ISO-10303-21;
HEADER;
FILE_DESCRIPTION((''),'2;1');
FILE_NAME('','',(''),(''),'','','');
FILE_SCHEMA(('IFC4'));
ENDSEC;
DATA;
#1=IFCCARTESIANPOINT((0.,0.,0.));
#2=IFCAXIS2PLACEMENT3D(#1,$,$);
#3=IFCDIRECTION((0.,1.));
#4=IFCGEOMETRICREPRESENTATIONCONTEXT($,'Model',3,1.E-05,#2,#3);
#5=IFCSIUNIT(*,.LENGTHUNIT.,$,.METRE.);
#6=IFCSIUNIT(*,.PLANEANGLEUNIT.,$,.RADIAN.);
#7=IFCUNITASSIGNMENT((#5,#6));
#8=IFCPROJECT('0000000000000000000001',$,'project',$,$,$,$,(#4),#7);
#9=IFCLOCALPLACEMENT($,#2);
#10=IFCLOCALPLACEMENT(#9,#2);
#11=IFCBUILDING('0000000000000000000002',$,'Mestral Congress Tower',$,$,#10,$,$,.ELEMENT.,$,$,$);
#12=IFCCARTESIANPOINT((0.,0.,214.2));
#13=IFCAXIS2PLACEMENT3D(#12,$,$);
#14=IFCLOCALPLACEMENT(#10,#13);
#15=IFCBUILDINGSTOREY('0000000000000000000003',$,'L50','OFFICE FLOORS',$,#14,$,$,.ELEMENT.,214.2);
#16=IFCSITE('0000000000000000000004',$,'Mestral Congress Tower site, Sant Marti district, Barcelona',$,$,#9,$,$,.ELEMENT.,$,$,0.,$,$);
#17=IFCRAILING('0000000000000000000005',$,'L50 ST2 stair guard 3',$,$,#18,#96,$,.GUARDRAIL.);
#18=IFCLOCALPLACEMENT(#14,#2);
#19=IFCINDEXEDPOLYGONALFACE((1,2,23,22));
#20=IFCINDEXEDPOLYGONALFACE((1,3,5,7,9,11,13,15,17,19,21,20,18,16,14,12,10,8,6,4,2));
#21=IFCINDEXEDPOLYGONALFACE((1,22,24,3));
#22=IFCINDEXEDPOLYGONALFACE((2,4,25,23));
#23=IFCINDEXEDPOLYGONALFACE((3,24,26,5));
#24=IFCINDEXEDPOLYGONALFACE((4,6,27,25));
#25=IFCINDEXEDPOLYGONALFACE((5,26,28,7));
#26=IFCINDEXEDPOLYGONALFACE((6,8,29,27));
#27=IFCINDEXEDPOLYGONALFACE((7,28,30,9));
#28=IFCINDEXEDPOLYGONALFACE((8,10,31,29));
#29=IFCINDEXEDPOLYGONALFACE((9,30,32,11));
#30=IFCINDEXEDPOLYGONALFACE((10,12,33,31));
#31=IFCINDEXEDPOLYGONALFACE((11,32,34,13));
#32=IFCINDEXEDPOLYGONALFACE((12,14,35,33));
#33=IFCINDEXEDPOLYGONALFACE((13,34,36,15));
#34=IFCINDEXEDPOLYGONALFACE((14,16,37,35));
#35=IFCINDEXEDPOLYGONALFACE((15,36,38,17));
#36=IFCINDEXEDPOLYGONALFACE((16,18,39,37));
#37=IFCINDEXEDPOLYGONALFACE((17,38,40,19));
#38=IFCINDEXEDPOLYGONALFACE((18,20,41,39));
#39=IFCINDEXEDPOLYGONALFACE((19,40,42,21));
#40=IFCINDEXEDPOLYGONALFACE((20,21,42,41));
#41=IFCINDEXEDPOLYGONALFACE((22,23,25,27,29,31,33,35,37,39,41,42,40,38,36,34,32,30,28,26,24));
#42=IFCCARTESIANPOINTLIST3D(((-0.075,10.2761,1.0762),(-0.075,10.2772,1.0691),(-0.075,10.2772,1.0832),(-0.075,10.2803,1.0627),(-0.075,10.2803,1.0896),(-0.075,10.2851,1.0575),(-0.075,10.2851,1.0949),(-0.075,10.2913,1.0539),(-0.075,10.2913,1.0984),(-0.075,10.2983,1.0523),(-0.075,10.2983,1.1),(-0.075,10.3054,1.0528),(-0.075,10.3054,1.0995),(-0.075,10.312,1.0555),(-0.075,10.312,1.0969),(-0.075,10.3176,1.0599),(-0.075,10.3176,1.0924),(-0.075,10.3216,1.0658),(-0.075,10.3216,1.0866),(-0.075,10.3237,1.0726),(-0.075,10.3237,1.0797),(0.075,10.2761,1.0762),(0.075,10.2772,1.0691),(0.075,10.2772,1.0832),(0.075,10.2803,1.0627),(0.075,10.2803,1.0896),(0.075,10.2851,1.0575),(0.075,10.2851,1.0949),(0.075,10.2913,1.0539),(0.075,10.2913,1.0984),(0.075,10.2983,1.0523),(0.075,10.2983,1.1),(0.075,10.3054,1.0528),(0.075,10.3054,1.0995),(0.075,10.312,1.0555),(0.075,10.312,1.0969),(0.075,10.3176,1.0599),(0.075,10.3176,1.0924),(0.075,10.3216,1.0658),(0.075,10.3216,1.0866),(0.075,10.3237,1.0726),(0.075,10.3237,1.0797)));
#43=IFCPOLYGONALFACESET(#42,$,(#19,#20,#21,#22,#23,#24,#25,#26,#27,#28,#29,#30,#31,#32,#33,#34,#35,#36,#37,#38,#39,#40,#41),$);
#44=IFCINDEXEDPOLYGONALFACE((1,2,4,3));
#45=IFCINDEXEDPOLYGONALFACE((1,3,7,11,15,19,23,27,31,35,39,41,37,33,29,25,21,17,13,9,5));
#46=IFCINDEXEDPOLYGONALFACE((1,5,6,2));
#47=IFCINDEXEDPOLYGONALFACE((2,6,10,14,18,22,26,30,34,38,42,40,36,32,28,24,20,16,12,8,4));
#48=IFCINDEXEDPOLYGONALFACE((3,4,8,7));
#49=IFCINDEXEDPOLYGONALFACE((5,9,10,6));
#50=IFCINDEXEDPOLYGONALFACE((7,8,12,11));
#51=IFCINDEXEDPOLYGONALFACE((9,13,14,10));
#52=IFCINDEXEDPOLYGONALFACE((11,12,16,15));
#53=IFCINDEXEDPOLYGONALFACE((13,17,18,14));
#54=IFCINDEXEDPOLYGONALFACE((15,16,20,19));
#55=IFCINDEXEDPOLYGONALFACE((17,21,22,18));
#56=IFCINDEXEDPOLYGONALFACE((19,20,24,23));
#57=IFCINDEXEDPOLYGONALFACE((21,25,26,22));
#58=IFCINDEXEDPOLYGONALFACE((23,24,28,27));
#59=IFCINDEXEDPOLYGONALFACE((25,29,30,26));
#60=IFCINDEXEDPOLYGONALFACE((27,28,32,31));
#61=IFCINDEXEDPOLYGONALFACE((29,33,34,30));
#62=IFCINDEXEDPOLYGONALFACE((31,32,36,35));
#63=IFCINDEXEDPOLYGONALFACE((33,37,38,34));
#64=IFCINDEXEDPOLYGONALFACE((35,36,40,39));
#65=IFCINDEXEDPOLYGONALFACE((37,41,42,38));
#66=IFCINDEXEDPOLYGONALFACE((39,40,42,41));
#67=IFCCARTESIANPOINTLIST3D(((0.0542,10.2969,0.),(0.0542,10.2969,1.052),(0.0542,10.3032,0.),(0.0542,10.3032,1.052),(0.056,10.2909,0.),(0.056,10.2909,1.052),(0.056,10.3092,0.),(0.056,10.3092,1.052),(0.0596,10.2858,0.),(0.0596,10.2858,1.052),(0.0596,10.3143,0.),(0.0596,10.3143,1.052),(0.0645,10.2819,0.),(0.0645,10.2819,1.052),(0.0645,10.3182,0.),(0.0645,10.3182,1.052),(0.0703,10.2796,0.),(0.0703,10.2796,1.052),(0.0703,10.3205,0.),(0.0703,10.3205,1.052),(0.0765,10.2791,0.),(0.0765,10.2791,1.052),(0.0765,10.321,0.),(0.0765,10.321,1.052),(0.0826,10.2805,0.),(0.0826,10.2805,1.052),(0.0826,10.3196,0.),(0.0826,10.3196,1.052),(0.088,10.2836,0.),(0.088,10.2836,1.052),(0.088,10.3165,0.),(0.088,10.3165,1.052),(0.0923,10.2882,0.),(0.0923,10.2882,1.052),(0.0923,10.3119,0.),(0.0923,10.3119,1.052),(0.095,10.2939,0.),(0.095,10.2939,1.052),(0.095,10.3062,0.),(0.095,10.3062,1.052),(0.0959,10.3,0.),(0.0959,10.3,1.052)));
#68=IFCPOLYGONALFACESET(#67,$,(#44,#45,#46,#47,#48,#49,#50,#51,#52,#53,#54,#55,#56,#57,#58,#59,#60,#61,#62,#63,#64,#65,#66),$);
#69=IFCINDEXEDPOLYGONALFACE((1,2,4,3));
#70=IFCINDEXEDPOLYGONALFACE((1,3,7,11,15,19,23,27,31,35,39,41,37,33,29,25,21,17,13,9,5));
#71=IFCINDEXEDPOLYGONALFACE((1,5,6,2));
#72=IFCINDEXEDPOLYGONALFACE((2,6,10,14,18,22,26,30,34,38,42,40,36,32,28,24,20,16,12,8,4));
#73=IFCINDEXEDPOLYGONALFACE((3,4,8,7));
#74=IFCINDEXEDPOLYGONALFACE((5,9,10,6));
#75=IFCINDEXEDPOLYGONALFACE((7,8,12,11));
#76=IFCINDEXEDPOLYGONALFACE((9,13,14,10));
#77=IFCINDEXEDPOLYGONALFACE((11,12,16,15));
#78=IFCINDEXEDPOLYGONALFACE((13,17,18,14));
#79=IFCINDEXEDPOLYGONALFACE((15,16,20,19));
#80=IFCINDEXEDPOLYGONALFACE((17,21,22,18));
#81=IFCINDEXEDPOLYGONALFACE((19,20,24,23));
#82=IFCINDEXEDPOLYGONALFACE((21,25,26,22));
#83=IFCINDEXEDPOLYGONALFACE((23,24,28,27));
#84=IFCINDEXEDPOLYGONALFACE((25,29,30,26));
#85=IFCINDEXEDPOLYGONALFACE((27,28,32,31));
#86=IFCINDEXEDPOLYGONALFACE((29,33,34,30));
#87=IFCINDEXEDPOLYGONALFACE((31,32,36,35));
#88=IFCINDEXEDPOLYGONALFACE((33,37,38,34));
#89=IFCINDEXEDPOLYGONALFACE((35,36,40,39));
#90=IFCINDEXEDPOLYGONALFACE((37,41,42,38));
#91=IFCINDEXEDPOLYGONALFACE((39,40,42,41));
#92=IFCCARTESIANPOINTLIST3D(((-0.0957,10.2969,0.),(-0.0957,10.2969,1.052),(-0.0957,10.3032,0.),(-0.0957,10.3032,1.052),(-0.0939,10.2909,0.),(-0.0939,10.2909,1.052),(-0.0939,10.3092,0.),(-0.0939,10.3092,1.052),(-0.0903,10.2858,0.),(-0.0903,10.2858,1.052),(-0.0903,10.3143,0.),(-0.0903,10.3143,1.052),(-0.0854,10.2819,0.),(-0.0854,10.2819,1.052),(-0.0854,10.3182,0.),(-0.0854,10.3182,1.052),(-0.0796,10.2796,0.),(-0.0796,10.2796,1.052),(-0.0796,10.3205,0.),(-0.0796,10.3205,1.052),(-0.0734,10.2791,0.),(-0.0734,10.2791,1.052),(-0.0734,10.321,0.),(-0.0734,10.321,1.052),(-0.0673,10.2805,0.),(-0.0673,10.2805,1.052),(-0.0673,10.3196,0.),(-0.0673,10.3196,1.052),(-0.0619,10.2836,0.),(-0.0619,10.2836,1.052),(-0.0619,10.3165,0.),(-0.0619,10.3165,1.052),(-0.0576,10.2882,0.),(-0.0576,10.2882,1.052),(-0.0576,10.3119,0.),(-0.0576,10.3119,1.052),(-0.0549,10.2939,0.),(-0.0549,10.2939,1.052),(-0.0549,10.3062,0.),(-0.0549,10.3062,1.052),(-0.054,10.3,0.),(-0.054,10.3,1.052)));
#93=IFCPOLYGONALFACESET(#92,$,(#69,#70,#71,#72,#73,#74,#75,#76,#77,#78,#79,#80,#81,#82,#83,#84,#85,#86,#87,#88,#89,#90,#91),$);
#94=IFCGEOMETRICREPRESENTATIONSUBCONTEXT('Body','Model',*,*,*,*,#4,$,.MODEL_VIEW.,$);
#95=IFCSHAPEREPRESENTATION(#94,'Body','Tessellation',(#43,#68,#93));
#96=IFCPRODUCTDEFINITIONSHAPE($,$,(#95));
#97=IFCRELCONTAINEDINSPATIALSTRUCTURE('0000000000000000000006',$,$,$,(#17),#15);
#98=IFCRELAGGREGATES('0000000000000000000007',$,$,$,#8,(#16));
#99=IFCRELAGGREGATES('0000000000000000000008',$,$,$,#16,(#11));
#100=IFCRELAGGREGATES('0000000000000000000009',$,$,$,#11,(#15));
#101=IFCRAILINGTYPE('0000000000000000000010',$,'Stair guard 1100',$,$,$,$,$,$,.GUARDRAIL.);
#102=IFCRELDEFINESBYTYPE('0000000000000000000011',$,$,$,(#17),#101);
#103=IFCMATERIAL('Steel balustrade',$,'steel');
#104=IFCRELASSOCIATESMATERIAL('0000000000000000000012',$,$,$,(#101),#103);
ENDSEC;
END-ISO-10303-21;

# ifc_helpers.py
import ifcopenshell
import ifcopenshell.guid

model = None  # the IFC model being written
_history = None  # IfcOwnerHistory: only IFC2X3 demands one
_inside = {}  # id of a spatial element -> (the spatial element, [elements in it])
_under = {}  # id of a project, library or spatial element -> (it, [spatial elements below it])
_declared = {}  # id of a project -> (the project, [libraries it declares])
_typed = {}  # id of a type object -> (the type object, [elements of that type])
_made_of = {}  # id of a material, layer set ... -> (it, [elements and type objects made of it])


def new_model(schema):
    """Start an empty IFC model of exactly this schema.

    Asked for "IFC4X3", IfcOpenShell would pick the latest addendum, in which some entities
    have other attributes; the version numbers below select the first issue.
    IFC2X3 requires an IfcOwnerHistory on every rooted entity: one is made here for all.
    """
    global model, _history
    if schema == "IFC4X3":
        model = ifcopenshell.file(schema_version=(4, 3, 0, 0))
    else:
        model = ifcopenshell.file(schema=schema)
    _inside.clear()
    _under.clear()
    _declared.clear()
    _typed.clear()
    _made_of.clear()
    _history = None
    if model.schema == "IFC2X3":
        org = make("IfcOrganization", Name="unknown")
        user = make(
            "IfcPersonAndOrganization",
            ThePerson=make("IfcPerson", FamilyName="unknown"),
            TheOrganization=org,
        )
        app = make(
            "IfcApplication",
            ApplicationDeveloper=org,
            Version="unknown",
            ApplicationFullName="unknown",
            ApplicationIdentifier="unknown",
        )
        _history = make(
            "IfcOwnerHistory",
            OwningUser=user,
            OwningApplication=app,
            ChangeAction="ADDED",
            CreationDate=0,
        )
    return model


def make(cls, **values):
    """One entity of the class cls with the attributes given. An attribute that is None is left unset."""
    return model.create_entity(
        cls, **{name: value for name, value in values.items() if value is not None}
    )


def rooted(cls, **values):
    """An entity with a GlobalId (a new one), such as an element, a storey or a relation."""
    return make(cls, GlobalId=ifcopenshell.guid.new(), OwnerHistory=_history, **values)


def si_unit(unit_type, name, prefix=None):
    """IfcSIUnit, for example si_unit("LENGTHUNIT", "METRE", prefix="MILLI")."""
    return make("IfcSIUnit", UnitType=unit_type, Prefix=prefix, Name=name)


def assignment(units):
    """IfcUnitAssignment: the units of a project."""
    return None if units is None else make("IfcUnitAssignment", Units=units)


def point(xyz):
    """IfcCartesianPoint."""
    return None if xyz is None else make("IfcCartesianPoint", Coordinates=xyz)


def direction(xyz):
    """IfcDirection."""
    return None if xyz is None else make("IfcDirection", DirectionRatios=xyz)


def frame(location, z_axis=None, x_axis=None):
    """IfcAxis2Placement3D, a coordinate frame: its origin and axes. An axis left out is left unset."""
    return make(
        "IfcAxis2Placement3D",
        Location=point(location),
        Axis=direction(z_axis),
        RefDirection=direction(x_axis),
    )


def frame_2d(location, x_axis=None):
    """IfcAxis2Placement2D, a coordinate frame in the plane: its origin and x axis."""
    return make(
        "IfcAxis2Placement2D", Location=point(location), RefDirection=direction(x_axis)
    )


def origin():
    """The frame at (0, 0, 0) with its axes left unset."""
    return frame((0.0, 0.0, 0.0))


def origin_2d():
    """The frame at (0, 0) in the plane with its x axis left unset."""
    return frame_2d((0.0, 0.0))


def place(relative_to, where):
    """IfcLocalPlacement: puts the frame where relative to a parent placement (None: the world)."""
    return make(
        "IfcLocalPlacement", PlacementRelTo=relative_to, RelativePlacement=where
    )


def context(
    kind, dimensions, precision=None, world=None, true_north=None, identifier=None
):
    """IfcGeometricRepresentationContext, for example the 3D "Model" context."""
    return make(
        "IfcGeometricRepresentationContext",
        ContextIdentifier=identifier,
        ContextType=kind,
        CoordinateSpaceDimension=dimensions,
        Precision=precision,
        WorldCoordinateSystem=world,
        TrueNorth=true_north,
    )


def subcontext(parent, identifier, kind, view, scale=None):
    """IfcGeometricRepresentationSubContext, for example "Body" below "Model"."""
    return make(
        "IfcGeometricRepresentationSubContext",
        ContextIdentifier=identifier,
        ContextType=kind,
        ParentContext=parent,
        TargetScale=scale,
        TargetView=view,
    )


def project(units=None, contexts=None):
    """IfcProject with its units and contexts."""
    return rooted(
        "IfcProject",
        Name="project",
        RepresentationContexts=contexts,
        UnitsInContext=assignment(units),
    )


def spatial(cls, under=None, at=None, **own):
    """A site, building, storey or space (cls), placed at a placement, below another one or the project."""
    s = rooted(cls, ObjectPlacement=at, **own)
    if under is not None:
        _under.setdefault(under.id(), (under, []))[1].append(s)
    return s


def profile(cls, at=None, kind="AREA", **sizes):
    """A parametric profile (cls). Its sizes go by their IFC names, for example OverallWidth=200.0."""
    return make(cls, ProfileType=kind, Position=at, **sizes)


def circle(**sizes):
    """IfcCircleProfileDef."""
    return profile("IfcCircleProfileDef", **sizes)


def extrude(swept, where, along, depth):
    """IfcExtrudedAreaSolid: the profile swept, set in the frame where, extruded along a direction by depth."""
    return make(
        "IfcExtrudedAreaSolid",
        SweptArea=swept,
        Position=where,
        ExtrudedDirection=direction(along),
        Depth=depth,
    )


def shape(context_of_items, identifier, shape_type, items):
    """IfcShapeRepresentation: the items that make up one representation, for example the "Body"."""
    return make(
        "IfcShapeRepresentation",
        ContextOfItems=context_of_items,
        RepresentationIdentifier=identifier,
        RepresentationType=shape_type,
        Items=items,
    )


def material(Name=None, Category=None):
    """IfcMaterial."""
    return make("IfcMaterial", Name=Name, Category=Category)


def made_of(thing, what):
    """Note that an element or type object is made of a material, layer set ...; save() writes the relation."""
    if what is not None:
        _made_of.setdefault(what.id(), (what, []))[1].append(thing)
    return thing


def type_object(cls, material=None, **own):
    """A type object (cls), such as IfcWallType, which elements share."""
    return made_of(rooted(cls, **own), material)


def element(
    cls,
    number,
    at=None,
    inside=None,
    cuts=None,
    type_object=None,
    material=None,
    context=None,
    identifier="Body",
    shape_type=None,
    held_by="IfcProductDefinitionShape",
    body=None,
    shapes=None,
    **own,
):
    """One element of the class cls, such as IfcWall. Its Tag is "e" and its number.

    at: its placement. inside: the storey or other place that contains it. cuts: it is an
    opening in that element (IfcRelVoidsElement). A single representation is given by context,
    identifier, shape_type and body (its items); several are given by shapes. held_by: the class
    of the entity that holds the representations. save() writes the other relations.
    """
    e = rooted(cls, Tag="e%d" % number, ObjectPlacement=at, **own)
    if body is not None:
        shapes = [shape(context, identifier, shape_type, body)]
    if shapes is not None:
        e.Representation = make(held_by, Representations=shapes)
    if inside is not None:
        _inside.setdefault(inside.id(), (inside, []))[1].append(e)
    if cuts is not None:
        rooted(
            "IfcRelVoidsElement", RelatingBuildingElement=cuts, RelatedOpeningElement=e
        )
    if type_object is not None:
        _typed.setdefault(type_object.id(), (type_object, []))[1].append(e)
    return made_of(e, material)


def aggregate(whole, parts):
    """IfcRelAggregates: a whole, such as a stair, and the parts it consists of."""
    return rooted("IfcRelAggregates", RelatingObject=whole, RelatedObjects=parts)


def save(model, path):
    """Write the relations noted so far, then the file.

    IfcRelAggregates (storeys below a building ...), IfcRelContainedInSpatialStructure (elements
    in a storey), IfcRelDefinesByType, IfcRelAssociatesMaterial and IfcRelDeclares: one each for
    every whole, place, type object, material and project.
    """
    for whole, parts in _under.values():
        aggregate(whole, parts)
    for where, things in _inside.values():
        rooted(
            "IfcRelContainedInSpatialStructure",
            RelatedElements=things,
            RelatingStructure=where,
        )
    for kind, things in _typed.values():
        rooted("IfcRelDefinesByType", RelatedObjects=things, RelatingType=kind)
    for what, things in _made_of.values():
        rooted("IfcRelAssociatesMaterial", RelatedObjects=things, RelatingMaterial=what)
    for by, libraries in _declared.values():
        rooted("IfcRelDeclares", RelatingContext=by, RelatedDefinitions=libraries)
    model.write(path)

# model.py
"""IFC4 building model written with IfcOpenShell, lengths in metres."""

from ifc_helpers import new_model, si_unit, direction, frame, origin, origin_2d, place, context, subcontext, project, spatial, circle, extrude, material, type_object, element, save


model = new_model("IFC4")

# Units and contexts
model_context = context("Model", 3, precision=1e-05, world=origin(), true_north=direction((0.0, 1.0)))
body_context = subcontext(model_context, "Body", "Model", "MODEL_VIEW")
ifc_project = project(units=[si_unit("LENGTHUNIT", "METRE"), si_unit("PLANEANGLEUNIT", "RADIAN")], contexts=[model_context])

# Site, building, storey
site_placement = place(None, origin())
site = spatial("IfcSite", under=ifc_project, at=site_placement, Name="Mestral Congress Tower site, Sant Marti district, Barcelona", CompositionType="ELEMENT", RefElevation=0.0)
building_placement = place(site_placement, origin())
building = spatial("IfcBuilding", under=site, at=building_placement, Name="Mestral Congress Tower", CompositionType="ELEMENT")
storey_placement = place(building_placement, frame((0.0, 0.0, 214.2)))
storey = spatial("IfcBuildingStorey", under=building, at=storey_placement, Name="L50", Description="OFFICE FLOORS", CompositionType="ELEMENT", Elevation=214.2)

# Railing
ifc_material_1 = material(Name="Steel balustrade", Category="steel")
railing_type_1 = type_object("IfcRailingType", Name="Stair guard 1100", PredefinedType="GUARDRAIL", material=ifc_material_1)
railing_1_placement = place(storey_placement, frame((0.075, 10.3, 0.0)))
element("IfcRailing", 1, at=railing_1_placement, inside=storey, type_object=railing_type_1, Name="L50 ST2 stair guard 3", PredefinedType="GUARDRAIL", context=body_context, shape_type="SweptSolid", body=[
    extrude(circle(Radius=0.0239, at=origin_2d()), frame((0.0, 0.0, 1.0762), z_axis=(-1.0, 0.0, 0.0), x_axis=(0.0, -1.0, 0.0)), (0.0, 0.0, 1.0), 0.1499),
    extrude(circle(Radius=0.021, at=origin_2d()), origin(), (0.0, 0.0, 1.0), 1.052),
    extrude(circle(Radius=0.021, at=origin_2d()), frame((-0.1499, 0.0, 0.0)), (0.0, 0.0, 1.0), 1.052),
])

save(model, "model.ifc")
